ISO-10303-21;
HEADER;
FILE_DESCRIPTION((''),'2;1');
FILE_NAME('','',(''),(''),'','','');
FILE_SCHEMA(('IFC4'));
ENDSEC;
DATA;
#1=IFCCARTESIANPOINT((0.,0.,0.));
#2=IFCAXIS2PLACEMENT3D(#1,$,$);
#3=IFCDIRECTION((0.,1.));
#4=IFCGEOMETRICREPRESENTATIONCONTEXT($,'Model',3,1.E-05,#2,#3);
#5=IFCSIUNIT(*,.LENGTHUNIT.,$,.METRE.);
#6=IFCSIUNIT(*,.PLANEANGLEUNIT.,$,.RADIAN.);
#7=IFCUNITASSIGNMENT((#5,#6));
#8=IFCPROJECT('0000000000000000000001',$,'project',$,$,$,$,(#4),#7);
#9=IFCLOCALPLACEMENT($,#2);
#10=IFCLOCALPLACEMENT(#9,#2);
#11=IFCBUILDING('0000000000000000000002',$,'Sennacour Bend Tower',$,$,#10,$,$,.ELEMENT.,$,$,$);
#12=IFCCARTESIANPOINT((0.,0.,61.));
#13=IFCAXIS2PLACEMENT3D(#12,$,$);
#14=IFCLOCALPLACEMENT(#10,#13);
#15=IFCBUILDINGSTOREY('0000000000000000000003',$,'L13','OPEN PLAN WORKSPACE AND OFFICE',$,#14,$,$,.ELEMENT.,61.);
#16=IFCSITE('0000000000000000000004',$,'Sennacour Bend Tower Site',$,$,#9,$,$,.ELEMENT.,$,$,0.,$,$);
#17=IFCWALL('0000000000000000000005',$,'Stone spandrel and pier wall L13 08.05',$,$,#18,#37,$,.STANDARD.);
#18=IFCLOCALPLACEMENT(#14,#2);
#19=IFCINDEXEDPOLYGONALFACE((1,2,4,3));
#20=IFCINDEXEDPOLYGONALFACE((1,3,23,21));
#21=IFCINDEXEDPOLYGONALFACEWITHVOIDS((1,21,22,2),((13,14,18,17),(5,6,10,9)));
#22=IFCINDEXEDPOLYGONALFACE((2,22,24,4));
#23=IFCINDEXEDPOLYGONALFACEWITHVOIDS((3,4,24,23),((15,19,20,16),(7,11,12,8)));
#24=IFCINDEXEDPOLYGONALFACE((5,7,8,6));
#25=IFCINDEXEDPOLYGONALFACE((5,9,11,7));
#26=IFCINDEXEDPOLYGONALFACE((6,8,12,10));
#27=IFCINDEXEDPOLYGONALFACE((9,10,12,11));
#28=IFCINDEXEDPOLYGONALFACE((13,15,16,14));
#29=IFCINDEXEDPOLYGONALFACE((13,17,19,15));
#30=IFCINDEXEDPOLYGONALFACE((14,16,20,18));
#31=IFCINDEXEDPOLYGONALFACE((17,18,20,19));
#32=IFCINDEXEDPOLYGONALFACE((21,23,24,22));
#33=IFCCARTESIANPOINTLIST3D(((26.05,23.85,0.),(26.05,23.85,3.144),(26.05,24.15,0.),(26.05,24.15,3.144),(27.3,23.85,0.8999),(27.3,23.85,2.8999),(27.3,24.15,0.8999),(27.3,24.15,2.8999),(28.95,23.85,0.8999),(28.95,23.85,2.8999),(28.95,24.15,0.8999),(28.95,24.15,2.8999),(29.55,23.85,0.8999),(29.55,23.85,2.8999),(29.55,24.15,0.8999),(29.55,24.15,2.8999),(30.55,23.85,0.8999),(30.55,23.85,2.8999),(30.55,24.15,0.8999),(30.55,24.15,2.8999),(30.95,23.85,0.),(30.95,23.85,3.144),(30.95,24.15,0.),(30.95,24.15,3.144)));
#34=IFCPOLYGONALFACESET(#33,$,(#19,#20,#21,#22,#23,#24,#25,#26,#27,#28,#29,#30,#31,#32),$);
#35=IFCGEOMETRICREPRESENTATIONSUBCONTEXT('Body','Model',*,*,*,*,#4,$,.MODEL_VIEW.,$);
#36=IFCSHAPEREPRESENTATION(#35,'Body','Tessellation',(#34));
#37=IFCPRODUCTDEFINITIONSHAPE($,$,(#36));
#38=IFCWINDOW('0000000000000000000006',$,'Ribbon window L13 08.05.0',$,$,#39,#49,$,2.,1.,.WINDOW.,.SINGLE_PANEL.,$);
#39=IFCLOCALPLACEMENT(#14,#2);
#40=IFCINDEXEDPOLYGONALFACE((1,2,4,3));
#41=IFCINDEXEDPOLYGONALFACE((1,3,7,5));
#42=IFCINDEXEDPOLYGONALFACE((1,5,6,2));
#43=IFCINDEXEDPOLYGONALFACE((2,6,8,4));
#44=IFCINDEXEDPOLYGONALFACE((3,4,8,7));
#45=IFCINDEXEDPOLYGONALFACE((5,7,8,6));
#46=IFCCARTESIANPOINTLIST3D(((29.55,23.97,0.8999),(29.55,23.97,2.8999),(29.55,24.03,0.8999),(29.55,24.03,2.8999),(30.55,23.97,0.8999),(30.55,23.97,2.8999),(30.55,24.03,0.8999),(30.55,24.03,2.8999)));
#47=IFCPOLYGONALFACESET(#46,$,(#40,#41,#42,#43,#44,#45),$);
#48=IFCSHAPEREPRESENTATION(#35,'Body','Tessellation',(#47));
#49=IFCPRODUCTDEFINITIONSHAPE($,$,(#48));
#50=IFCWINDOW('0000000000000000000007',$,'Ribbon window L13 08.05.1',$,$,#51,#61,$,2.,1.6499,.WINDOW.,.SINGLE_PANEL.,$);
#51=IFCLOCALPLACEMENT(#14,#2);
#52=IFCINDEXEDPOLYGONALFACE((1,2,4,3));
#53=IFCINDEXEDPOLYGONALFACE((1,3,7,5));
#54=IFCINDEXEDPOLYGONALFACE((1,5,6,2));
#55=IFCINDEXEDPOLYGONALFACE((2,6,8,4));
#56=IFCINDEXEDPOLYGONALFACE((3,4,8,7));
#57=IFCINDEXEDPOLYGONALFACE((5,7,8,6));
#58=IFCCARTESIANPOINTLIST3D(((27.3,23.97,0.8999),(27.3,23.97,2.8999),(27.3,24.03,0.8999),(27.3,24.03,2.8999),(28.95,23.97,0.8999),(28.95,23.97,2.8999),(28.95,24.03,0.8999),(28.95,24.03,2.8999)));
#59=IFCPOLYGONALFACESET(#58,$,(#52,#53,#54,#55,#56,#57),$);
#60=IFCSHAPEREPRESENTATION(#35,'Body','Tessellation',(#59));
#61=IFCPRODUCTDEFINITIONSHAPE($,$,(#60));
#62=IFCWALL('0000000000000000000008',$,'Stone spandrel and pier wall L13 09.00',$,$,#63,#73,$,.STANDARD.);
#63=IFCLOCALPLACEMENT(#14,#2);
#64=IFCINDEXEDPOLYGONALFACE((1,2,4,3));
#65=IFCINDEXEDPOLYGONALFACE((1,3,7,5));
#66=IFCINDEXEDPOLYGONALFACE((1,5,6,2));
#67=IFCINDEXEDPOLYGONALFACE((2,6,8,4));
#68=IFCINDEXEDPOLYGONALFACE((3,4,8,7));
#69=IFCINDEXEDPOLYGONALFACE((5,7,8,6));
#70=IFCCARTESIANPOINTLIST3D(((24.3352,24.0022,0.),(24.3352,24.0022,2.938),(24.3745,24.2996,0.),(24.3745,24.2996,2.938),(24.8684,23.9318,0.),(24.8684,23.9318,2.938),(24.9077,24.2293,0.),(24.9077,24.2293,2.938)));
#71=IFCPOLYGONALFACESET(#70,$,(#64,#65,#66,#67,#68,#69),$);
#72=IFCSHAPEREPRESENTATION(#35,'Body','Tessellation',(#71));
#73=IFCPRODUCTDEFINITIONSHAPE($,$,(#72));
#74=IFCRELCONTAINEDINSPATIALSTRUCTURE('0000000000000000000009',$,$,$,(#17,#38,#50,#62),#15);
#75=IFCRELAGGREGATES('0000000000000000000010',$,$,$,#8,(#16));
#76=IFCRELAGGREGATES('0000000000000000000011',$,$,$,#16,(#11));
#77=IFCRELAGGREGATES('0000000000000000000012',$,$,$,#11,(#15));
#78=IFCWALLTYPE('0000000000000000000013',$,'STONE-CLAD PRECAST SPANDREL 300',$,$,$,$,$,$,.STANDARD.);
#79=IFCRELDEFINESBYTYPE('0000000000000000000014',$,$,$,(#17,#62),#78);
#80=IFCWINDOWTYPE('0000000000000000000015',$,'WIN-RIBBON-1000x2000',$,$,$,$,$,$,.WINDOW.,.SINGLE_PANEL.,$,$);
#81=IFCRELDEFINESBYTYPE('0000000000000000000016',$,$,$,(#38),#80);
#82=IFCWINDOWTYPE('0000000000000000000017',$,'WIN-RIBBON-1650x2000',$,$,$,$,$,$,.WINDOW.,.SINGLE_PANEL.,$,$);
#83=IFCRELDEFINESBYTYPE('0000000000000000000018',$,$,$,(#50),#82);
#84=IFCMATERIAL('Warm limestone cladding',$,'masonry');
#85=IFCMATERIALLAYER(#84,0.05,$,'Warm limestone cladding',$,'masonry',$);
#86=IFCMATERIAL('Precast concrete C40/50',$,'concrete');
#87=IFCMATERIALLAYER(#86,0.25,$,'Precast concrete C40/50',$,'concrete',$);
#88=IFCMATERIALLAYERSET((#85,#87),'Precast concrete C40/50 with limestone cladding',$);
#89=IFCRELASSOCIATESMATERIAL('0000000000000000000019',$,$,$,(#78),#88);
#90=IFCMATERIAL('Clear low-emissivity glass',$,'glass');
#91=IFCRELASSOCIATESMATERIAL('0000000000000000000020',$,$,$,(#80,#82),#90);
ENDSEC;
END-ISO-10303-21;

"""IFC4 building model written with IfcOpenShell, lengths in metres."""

from ifc_helpers import new_model, si_unit, direction, frame, frame_2d, origin, place, context, subcontext, project, spatial, rectangle, extrude, material, layer, layer_set, type_object, element, fill, save


model = new_model("IFC4")

# Units and contexts
model_context = context("Model", 3, precision=1e-05, world=origin(), true_north=direction((0.0, 1.0)))
body_context = subcontext(model_context, "Body", "Model", "MODEL_VIEW")
ifc_project = project(units=[si_unit("LENGTHUNIT", "METRE"), si_unit("PLANEANGLEUNIT", "RADIAN")], contexts=[model_context])

# Site, building, storey
site_placement = place(None, origin())
site = spatial("IfcSite", under=ifc_project, at=site_placement, Name="Sennacour Bend Tower Site", CompositionType="ELEMENT", RefElevation=0.0)
building_placement = place(site_placement, origin())
building = spatial("IfcBuilding", under=site, at=building_placement, Name="Sennacour Bend Tower", CompositionType="ELEMENT")
storey_placement = place(building_placement, frame((0.0, 0.0, 61.0)))
storey = spatial("IfcBuildingStorey", under=building, at=storey_placement, Name="L13", Description="OPEN PLAN WORKSPACE AND OFFICE", CompositionType="ELEMENT", Elevation=61.0)

# Wall, openings, windows
ifc_material_1 = material(Name="Warm limestone cladding", Category="masonry")
ifc_layer_1 = layer(ifc_material_1, 0.05, Name="Warm limestone cladding", Category="masonry")
ifc_material_2 = material(Name="Precast concrete C40/50", Category="concrete")
ifc_layer_2 = layer(ifc_material_2, 0.25, Name="Precast concrete C40/50", Category="concrete")
ifc_layer_set_1 = layer_set([ifc_layer_1, ifc_layer_2], Name="Precast concrete C40/50 with limestone cladding")
wall_type_1 = type_object("IfcWallType", Name="STONE-CLAD PRECAST SPANDREL 300", PredefinedType="STANDARD", material=ifc_layer_set_1)
ifc_material_3 = material(Name="Clear low-emissivity glass", Category="glass")
window_type_1 = type_object("IfcWindowType", Name="WIN-RIBBON-1000x2000", PartitioningType="SINGLE_PANEL", PredefinedType="WINDOW", material=ifc_material_3)
wall_1_placement = place(storey_placement, frame((30.95, 24.0, 0.0), z_axis=(0.0, 0.0, 1.0), x_axis=(-1.0, 0.0, 0.0)))
wall_1 = element("IfcWall", 1, at=wall_1_placement, inside=storey, type_object=wall_type_1, Name="Stone spandrel and pier wall L13 08.05", PredefinedType="STANDARD", context=body_context, shape_type="SweptSolid", body=[
    extrude(rectangle(XDim=4.8999, YDim=0.3, at=frame_2d((2.45, 0.0))), origin(), (0.0, 0.0, 1.0), 3.144),
])
opening_1_placement = place(wall_1_placement, frame((0.3999, 0.0, 0.8999)))
opening_1 = element("IfcOpeningElement", 2, at=opening_1_placement, cuts=wall_1, PredefinedType="OPENING", context=body_context, shape_type="SweptSolid", body=[
    extrude(rectangle(XDim=1.0, YDim=2.0, at=frame_2d((0.5, 1.0))), frame((0.0, 0.1602, 0.0), z_axis=(0.0, -1.0, 0.0), x_axis=(1.0, 0.0, 0.0)), (0.0, 0.0, 1.0), 0.3201),
])
opening_2_placement = place(wall_1_placement, frame((2.0, 0.0, 0.8999)))
opening_2 = element("IfcOpeningElement", 3, at=opening_2_placement, cuts=wall_1, PredefinedType="OPENING", context=body_context, shape_type="SweptSolid", body=[
    extrude(rectangle(XDim=1.6499, YDim=2.0, at=frame_2d((0.825, 1.0))), frame((0.0, 0.1602, 0.0), z_axis=(0.0, -1.0, 0.0), x_axis=(1.0, 0.0, 0.0)), (0.0, 0.0, 1.0), 0.3201),
])
window_1_placement = place(opening_1_placement, origin())
window_1 = element("IfcWindow", 4, at=window_1_placement, inside=storey, type_object=window_type_1, Name="Ribbon window L13 08.05.0", OverallHeight=2.0, OverallWidth=1.0, PartitioningType="SINGLE_PANEL", PredefinedType="WINDOW", context=body_context, shape_type="SweptSolid", body=[
    extrude(rectangle(XDim=1.0, YDim=2.0, at=frame_2d((0.5, 1.0))), frame((0.0, 0.03, 0.0), z_axis=(0.0, -1.0, 0.0), x_axis=(1.0, 0.0, 0.0)), (0.0, 0.0, 1.0), 0.0601),
])
fill(opening_1, window_1)
window_type_2 = type_object("IfcWindowType", Name="WIN-RIBBON-1650x2000", PartitioningType="SINGLE_PANEL", PredefinedType="WINDOW", material=ifc_material_3)
window_2_placement = place(opening_2_placement, origin())
window_2 = element("IfcWindow", 5, at=window_2_placement, inside=storey, type_object=window_type_2, Name="Ribbon window L13 08.05.1", OverallHeight=2.0, OverallWidth=1.6499, PartitioningType="SINGLE_PANEL", PredefinedType="WINDOW", context=body_context, shape_type="SweptSolid", body=[
    extrude(rectangle(XDim=1.6499, YDim=2.0, at=frame_2d((0.825, 1.0))), frame((0.0, 0.03, 0.0), z_axis=(0.0, -1.0, 0.0), x_axis=(1.0, 0.0, 0.0)), (0.0, 0.0, 1.0), 0.0601),
])
fill(opening_2, window_2)

# Wall
wall_2_placement = place(storey_placement, frame((24.8882, 24.0806, 0.0), z_axis=(0.0, 0.0, 1.0), x_axis=(-0.991417, 0.130736, 0.0)))
element("IfcWall", 6, at=wall_2_placement, inside=storey, type_object=wall_type_1, Name="Stone spandrel and pier wall L13 09.00", PredefinedType="STANDARD", context=body_context, shape_type="SweptSolid", body=[
    extrude(rectangle(XDim=0.5378, YDim=0.3, at=frame_2d((0.269, 0.0))), origin(), (0.0, 0.0, 1.0), 2.938),
])

save(model, "model.ifc")
